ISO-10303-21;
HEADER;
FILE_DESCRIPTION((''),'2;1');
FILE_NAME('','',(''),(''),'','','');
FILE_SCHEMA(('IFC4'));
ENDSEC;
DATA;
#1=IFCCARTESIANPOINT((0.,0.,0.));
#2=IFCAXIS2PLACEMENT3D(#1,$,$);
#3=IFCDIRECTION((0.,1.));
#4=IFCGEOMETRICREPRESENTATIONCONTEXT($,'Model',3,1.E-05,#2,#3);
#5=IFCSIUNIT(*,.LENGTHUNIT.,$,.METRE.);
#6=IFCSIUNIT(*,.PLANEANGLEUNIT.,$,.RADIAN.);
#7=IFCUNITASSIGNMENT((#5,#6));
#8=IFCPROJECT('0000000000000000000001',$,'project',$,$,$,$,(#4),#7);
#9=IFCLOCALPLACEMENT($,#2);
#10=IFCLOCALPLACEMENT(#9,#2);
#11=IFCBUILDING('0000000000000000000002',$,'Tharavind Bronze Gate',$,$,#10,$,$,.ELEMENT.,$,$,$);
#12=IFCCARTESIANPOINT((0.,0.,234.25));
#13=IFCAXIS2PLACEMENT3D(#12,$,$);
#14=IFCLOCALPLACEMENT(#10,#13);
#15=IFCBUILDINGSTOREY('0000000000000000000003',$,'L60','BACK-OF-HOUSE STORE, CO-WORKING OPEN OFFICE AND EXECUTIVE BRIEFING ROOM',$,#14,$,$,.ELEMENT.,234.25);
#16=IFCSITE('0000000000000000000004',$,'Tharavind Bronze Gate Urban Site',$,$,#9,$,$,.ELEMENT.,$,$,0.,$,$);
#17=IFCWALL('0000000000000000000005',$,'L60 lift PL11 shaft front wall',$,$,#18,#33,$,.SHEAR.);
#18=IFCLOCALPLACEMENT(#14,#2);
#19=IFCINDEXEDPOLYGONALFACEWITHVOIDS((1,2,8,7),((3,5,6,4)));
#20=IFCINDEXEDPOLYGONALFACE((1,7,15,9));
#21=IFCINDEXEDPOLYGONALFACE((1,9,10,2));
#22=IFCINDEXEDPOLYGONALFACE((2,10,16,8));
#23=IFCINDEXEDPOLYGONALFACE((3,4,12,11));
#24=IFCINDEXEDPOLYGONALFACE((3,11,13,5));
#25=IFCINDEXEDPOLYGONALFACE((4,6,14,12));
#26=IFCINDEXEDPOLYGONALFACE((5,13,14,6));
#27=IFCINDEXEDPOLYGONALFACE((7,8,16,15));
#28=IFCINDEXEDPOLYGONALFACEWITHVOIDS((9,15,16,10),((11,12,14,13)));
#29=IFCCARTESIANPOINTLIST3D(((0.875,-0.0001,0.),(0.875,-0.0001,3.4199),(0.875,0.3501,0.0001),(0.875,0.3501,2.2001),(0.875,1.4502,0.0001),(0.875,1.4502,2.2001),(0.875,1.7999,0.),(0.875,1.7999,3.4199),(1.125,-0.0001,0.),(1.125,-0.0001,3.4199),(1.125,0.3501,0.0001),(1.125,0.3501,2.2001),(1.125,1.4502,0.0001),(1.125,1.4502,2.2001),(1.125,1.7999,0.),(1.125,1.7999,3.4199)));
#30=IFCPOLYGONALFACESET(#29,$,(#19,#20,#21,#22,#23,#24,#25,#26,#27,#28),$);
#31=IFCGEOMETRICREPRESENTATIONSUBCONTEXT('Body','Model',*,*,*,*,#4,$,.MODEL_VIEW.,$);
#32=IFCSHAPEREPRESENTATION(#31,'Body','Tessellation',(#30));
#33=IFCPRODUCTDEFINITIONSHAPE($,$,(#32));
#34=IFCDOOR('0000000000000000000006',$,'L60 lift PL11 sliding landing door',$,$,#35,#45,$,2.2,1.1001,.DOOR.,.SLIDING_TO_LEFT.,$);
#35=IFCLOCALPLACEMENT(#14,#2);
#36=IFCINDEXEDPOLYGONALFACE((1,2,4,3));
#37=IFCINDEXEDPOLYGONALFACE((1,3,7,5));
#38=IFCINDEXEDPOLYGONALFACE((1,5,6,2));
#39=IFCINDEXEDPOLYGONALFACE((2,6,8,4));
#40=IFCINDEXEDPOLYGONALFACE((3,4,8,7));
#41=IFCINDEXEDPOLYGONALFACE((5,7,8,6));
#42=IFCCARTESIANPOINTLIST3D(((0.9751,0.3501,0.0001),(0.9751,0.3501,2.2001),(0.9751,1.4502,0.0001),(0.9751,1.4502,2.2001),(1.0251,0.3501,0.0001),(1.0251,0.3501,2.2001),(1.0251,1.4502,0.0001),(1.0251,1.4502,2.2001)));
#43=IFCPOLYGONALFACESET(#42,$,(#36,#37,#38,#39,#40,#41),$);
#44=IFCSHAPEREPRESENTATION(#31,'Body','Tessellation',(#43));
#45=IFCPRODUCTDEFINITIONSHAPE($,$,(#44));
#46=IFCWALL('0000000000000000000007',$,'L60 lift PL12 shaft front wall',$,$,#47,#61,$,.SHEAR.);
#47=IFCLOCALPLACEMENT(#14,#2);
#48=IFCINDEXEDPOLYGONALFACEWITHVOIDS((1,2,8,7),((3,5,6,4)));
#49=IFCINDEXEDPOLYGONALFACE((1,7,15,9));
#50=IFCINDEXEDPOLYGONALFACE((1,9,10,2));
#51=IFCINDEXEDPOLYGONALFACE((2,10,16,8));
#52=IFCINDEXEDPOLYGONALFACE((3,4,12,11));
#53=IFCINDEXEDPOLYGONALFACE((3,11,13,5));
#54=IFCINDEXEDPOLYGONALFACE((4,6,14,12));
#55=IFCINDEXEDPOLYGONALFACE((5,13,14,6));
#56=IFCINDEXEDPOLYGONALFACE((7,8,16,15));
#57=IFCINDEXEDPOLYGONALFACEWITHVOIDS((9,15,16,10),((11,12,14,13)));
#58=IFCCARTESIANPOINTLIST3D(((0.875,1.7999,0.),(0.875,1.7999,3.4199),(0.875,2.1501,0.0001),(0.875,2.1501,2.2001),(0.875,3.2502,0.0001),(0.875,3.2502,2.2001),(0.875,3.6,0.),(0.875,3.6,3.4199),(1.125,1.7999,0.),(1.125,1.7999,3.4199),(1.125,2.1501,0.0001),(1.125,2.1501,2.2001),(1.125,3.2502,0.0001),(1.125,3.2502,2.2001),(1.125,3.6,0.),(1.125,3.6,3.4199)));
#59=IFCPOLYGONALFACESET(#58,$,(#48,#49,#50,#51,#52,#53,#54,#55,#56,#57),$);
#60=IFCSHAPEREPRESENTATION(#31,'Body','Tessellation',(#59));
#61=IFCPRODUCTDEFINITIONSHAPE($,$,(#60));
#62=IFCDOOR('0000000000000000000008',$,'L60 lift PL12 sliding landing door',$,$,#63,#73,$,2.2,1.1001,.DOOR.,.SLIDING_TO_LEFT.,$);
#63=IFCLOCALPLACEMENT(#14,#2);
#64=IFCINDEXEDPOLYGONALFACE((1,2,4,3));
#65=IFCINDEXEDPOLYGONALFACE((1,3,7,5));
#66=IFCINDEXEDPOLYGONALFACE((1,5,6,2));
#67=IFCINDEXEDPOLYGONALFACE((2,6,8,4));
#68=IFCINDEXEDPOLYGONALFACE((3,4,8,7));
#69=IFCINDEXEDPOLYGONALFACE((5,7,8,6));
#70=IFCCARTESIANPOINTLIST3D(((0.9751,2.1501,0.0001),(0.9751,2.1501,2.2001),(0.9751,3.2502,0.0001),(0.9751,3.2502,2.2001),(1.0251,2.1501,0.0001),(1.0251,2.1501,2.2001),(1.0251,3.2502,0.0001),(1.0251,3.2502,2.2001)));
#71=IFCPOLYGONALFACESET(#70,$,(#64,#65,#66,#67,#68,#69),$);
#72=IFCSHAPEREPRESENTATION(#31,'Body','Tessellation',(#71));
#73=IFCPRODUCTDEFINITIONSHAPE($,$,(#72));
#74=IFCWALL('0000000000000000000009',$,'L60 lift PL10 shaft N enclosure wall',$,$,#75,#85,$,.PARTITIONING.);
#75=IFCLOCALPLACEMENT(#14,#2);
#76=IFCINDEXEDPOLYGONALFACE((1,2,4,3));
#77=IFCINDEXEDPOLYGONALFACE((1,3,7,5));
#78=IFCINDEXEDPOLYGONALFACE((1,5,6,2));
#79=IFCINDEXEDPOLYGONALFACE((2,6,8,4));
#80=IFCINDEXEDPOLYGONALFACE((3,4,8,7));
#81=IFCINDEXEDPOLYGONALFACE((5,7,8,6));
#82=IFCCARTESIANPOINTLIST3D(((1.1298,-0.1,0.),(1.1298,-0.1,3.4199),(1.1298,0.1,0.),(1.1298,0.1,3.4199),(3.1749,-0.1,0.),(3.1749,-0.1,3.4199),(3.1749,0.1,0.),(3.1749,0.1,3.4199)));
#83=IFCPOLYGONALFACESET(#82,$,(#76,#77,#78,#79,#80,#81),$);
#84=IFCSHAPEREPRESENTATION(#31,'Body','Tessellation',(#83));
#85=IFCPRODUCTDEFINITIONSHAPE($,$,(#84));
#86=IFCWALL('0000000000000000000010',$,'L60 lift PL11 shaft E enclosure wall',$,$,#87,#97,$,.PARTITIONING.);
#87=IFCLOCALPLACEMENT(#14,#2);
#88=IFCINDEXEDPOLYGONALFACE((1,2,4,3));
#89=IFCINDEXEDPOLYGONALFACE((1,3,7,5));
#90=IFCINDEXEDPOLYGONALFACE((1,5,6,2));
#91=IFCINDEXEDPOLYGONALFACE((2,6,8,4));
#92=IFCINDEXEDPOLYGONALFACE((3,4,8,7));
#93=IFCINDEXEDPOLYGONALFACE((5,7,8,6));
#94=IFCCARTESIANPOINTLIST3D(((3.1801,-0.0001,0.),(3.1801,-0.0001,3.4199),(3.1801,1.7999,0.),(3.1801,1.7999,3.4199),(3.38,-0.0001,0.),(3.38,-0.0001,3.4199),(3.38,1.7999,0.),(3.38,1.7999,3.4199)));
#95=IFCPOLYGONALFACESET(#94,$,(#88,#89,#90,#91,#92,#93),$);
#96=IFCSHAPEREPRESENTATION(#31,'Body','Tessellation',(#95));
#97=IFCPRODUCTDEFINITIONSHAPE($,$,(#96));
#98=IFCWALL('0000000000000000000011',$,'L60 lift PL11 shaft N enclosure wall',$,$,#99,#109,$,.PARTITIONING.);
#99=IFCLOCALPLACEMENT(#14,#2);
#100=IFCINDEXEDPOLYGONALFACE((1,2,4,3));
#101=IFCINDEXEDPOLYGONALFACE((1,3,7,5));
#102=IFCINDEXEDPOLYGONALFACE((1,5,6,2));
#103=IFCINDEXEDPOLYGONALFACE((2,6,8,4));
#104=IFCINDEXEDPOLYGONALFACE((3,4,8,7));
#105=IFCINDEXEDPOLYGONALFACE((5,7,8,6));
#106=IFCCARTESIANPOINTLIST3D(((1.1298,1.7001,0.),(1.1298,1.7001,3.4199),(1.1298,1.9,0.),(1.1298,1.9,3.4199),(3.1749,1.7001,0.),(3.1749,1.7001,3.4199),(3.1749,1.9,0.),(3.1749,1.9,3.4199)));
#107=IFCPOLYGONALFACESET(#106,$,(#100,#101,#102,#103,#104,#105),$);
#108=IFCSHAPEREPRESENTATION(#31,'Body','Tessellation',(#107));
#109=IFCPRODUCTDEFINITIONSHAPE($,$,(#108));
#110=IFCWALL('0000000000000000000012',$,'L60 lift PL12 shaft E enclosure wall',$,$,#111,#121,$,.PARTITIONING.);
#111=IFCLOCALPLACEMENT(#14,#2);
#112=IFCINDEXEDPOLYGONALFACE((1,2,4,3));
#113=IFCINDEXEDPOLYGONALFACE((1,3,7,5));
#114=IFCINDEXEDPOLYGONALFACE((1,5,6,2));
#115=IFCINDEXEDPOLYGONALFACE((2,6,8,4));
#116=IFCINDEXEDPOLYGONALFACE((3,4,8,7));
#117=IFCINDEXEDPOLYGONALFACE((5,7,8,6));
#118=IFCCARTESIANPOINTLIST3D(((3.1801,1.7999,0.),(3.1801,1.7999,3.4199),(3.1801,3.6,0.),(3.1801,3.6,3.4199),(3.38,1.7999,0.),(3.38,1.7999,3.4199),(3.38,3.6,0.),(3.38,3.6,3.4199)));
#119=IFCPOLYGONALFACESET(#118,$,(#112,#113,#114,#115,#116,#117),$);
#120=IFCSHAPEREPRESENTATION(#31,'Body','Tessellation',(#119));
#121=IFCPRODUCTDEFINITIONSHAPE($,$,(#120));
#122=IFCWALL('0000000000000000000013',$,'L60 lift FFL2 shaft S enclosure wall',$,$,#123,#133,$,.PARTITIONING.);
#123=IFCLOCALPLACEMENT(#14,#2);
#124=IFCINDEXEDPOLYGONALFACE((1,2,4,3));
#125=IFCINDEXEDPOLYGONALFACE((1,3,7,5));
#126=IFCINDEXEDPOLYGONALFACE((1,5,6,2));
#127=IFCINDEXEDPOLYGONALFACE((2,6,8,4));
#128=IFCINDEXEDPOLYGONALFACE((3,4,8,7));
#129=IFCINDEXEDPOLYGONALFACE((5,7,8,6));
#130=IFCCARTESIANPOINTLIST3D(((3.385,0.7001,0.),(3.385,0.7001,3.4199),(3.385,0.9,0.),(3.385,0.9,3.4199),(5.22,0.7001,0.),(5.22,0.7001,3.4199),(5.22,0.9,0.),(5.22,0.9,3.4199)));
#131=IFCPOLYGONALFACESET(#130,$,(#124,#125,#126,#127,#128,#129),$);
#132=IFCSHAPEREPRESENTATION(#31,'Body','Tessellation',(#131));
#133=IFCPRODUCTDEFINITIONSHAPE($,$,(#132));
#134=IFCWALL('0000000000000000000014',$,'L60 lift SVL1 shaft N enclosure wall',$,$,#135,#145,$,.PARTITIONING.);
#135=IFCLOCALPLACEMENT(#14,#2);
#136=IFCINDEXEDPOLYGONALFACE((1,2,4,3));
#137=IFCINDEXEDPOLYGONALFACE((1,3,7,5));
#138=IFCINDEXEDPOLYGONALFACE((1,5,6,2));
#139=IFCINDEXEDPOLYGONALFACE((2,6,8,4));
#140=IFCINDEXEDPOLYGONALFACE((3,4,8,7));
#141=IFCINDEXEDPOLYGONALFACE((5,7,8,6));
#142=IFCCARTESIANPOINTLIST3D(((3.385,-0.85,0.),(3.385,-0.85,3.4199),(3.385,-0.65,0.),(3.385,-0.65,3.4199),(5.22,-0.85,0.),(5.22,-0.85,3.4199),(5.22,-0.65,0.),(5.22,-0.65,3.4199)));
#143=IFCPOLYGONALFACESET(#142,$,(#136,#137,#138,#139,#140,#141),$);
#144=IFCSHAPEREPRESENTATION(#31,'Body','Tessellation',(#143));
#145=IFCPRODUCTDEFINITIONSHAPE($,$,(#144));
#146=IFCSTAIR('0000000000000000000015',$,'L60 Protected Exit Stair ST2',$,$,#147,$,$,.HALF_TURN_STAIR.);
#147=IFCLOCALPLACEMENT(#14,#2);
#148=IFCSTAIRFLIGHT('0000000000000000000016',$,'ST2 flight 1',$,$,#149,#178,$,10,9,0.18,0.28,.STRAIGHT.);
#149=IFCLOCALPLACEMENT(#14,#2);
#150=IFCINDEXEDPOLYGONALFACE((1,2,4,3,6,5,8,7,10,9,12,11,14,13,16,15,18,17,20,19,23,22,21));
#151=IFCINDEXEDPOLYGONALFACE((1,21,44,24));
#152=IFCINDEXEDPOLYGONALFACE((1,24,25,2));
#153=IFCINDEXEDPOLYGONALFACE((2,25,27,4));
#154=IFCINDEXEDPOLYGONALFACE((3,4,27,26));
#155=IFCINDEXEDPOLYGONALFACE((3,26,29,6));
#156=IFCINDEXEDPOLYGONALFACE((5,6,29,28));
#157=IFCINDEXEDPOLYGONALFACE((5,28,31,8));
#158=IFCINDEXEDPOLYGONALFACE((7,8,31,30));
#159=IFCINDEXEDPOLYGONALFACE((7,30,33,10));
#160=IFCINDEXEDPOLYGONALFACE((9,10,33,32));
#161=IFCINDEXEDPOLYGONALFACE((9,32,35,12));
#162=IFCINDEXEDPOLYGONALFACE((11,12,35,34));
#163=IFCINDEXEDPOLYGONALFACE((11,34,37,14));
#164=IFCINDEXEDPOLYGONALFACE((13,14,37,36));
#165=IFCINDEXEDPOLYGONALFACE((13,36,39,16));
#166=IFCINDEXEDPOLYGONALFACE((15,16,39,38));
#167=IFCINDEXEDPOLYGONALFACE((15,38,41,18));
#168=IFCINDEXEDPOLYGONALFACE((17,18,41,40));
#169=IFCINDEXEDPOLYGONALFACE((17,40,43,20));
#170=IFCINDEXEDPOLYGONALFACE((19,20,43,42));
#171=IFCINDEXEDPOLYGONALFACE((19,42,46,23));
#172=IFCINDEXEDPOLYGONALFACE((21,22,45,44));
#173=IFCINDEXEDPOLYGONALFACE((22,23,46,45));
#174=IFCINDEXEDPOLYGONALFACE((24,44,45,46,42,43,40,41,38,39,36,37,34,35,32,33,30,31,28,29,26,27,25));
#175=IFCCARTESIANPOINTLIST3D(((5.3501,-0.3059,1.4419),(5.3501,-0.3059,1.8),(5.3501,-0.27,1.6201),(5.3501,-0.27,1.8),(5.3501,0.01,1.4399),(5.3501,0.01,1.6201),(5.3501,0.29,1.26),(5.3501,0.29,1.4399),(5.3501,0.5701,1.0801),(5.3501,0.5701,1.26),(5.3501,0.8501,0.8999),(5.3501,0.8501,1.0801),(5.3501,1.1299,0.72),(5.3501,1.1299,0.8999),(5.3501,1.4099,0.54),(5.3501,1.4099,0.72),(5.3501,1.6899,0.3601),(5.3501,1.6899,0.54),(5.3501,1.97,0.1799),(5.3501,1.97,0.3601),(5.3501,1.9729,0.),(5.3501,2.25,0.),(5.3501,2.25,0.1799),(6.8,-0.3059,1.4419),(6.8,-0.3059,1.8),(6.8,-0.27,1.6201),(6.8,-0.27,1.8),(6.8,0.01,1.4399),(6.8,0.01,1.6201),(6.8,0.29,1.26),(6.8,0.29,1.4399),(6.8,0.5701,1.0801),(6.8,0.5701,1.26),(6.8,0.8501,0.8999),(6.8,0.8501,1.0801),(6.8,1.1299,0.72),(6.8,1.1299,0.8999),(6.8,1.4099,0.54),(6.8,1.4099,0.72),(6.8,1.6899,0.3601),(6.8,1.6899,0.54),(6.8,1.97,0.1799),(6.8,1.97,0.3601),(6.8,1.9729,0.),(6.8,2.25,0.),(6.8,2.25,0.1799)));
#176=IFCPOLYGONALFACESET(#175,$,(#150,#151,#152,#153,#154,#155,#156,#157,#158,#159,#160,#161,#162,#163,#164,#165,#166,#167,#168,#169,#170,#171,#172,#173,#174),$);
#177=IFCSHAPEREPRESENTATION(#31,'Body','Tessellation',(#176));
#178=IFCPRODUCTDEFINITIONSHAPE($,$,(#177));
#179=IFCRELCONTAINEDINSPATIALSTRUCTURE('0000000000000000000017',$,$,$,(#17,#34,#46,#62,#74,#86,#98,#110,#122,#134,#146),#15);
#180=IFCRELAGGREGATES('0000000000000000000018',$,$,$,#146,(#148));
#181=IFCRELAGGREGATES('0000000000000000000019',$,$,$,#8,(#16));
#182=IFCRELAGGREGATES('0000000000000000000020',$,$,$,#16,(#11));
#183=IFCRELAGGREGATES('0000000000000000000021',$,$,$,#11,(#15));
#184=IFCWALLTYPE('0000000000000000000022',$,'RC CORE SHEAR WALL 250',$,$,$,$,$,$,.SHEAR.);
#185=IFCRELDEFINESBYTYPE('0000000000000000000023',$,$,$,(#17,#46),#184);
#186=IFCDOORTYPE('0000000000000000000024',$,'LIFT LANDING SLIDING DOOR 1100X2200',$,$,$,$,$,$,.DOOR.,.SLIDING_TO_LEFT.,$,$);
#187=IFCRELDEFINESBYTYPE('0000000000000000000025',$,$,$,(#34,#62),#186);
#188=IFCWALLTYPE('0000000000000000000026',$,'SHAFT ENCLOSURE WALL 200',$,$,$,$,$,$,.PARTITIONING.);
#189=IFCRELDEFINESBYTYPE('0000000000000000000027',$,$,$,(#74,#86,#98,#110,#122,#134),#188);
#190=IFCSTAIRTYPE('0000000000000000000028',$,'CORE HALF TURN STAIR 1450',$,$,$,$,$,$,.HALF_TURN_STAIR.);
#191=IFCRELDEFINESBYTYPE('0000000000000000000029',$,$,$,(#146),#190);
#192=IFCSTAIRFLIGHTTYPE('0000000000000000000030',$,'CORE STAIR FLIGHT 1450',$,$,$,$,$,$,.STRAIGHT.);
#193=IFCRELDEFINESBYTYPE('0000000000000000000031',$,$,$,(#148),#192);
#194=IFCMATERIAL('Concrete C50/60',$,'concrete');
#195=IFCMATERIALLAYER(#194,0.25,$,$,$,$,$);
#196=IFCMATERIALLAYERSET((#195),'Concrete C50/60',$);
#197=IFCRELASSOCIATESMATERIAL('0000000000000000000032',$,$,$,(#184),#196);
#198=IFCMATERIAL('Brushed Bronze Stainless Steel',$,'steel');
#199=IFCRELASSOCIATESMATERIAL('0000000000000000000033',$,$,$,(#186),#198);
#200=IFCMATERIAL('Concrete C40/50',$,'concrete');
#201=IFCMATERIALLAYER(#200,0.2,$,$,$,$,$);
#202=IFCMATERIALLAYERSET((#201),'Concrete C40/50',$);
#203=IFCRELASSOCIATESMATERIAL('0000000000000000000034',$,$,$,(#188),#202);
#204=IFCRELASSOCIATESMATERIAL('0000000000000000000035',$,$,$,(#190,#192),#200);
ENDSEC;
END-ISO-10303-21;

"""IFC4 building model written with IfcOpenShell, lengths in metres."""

from ifc_helpers import new_model, si_unit, direction, frame, frame_2d, origin, place, context, subcontext, project, spatial, polyline, rectangle, outline, extrude, material, layer, layer_set, type_object, element, fill, aggregate, save


model = new_model("IFC4")

# Units and contexts
model_context = context("Model", 3, precision=1e-05, world=origin(), true_north=direction((0.0, 1.0)))
body_context = subcontext(model_context, "Body", "Model", "MODEL_VIEW")
ifc_project = project(units=[si_unit("LENGTHUNIT", "METRE"), si_unit("PLANEANGLEUNIT", "RADIAN")], contexts=[model_context])

# Site, building, storey
site_placement = place(None, origin())
site = spatial("IfcSite", under=ifc_project, at=site_placement, Name="Tharavind Bronze Gate Urban Site", CompositionType="ELEMENT", RefElevation=0.0)
building_placement = place(site_placement, origin())
building = spatial("IfcBuilding", under=site, at=building_placement, Name="Tharavind Bronze Gate", CompositionType="ELEMENT")
storey_placement = place(building_placement, frame((0.0, 0.0, 234.25)))
storey = spatial("IfcBuildingStorey", under=building, at=storey_placement, Name="L60", Description="BACK-OF-HOUSE STORE, CO-WORKING OPEN OFFICE AND EXECUTIVE BRIEFING ROOM", CompositionType="ELEMENT", Elevation=234.25)

# Walls, openings, doors
ifc_material_1 = material(Name="Concrete C50/60", Category="concrete")
ifc_layer_1 = layer(ifc_material_1, 0.25)
ifc_layer_set_1 = layer_set([ifc_layer_1], Name="Concrete C50/60")
wall_type_1 = type_object("IfcWallType", Name="RC CORE SHEAR WALL 250", PredefinedType="SHEAR", material=ifc_layer_set_1)
wall_1_placement = place(storey_placement, frame((1.0, 0.0, 0.0), z_axis=(0.0, 0.0, 1.0), x_axis=(0.0, 1.0, 0.0)))
wall_1 = element("IfcWall", 1, at=wall_1_placement, inside=storey, type_object=wall_type_1, Name="L60 lift PL11 shaft front wall", PredefinedType="SHEAR", context=body_context, shape_type="SweptSolid", body=[
    extrude(rectangle(XDim=1.8, YDim=0.25, at=frame_2d((0.8999, 0.0))), origin(), (0.0, 0.0, 1.0), 3.4199),
])
opening_1_placement = place(wall_1_placement, frame((0.3501, 0.0, 0.0)))
opening_1 = element("IfcOpeningElement", 2, at=opening_1_placement, cuts=wall_1, PredefinedType="OPENING", context=body_context, shape_type="SweptSolid", body=[
    extrude(rectangle(XDim=1.1001, YDim=2.2, at=frame_2d((0.55, 1.1001))), frame((0.0, 0.135, 0.0), z_axis=(0.0, -1.0, 0.0), x_axis=(1.0, 0.0, 0.0)), (0.0, 0.0, 1.0), 0.27),
])
ifc_material_2 = material(Name="Brushed Bronze Stainless Steel", Category="steel")
door_type = type_object("IfcDoorType", Name="LIFT LANDING SLIDING DOOR 1100X2200", OperationType="SLIDING_TO_LEFT", PredefinedType="DOOR", material=ifc_material_2)
door_1_placement = place(opening_1_placement, origin())
door_1 = element("IfcDoor", 3, at=door_1_placement, inside=storey, type_object=door_type, Name="L60 lift PL11 sliding landing door", OperationType="SLIDING_TO_LEFT", OverallHeight=2.2, OverallWidth=1.1001, PredefinedType="DOOR", context=body_context, shape_type="SweptSolid", body=[
    extrude(rectangle(XDim=1.1001, YDim=2.2, at=frame_2d((0.55, 1.1001))), frame((0.0, 0.0249, 0.0), z_axis=(0.0, -1.0, 0.0), x_axis=(1.0, 0.0, 0.0)), (0.0, 0.0, 1.0), 0.05),
])
fill(opening_1, door_1)
wall_2_placement = place(storey_placement, frame((1.0, 1.8, 0.0), z_axis=(0.0, 0.0, 1.0), x_axis=(0.0, 1.0, 0.0)))
wall_2 = element("IfcWall", 4, at=wall_2_placement, inside=storey, type_object=wall_type_1, Name="L60 lift PL12 shaft front wall", PredefinedType="SHEAR", context=body_context, shape_type="SweptSolid", body=[
    extrude(rectangle(XDim=1.8, YDim=0.25, at=frame_2d((0.8999, 0.0))), origin(), (0.0, 0.0, 1.0), 3.4199),
])
opening_2_placement = place(wall_2_placement, frame((0.3501, 0.0, 0.0)))
opening_2 = element("IfcOpeningElement", 5, at=opening_2_placement, cuts=wall_2, PredefinedType="OPENING", context=body_context, shape_type="SweptSolid", body=[
    extrude(rectangle(XDim=1.1001, YDim=2.2, at=frame_2d((0.55, 1.1001))), frame((0.0, 0.135, 0.0), z_axis=(0.0, -1.0, 0.0), x_axis=(1.0, 0.0, 0.0)), (0.0, 0.0, 1.0), 0.27),
])
door_2_placement = place(opening_2_placement, origin())
door_2 = element("IfcDoor", 6, at=door_2_placement, inside=storey, type_object=door_type, Name="L60 lift PL12 sliding landing door", OperationType="SLIDING_TO_LEFT", OverallHeight=2.2, OverallWidth=1.1001, PredefinedType="DOOR", context=body_context, shape_type="SweptSolid", body=[
    extrude(rectangle(XDim=1.1001, YDim=2.2, at=frame_2d((0.55, 1.1001))), frame((0.0, 0.0249, 0.0), z_axis=(0.0, -1.0, 0.0), x_axis=(1.0, 0.0, 0.0)), (0.0, 0.0, 1.0), 0.05),
])
fill(opening_2, door_2)

# Walls
ifc_material_3 = material(Name="Concrete C40/50", Category="concrete")
ifc_layer_2 = layer(ifc_material_3, 0.2)
ifc_layer_set_2 = layer_set([ifc_layer_2], Name="Concrete C40/50")
wall_type_2 = type_object("IfcWallType", Name="SHAFT ENCLOSURE WALL 200", PredefinedType="PARTITIONING", material=ifc_layer_set_2)
wall_3_placement = place(storey_placement, frame((1.1299, 0.0, 0.0), z_axis=(0.0, 0.0, 1.0), x_axis=(1.0, 0.0, 0.0)))
element("IfcWall", 7, at=wall_3_placement, inside=storey, type_object=wall_type_2, Name="L60 lift PL10 shaft N enclosure wall", PredefinedType="PARTITIONING", context=body_context, shape_type="SweptSolid", body=[
    extrude(rectangle(XDim=2.0452, YDim=0.2, at=frame_2d((1.0225, 0.0))), origin(), (0.0, 0.0, 1.0), 3.4199),
])
wall_4_placement = place(storey_placement, frame((3.28, 0.0, 0.0), z_axis=(0.0, 0.0, 1.0), x_axis=(0.0, 1.0, 0.0)))
element("IfcWall", 8, at=wall_4_placement, inside=storey, type_object=wall_type_2, Name="L60 lift PL11 shaft E enclosure wall", PredefinedType="PARTITIONING", context=body_context, shape_type="SweptSolid", body=[
    extrude(rectangle(XDim=1.8, YDim=0.2, at=frame_2d((0.8999, 0.0))), origin(), (0.0, 0.0, 1.0), 3.4199),
])
wall_5_placement = place(storey_placement, frame((1.1299, 1.8, 0.0), z_axis=(0.0, 0.0, 1.0), x_axis=(1.0, 0.0, 0.0)))
element("IfcWall", 9, at=wall_5_placement, inside=storey, type_object=wall_type_2, Name="L60 lift PL11 shaft N enclosure wall", PredefinedType="PARTITIONING", context=body_context, shape_type="SweptSolid", body=[
    extrude(rectangle(XDim=2.0452, YDim=0.2, at=frame_2d((1.0225, 0.0))), origin(), (0.0, 0.0, 1.0), 3.4199),
])
wall_6_placement = place(storey_placement, frame((3.28, 1.8, 0.0), z_axis=(0.0, 0.0, 1.0), x_axis=(0.0, 1.0, 0.0)))
element("IfcWall", 10, at=wall_6_placement, inside=storey, type_object=wall_type_2, Name="L60 lift PL12 shaft E enclosure wall", PredefinedType="PARTITIONING", context=body_context, shape_type="SweptSolid", body=[
    extrude(rectangle(XDim=1.8, YDim=0.2, at=frame_2d((0.8999, 0.0))), origin(), (0.0, 0.0, 1.0), 3.4199),
])
for number, where, z_axis, x_axis, name in (
    (11, (3.385, 0.8, 0.0), (0.0, 0.0, 1.0), (1.0, 0.0, 0.0), "L60 lift FFL2 shaft S enclosure wall"),
    (12, (3.385, -0.75, 0.0), (0.0, 0.0, 1.0), (1.0, 0.0, 0.0), "L60 lift SVL1 shaft N enclosure wall"),
):
    element("IfcWall", number, at=place(storey_placement, frame(where, z_axis=z_axis, x_axis=x_axis)), inside=storey, type_object=wall_type_2, Name=name, PredefinedType="PARTITIONING", context=body_context, shape_type="SweptSolid", body=[
        extrude(rectangle(XDim=1.835, YDim=0.2, at=frame_2d((0.9175, 0.0))), origin(), (0.0, 0.0, 1.0), 3.4199),
    ])

# Stair, stair flight
stair_type = type_object("IfcStairType", Name="CORE HALF TURN STAIR 1450", PredefinedType="HALF_TURN_STAIR", material=ifc_material_3)
stair_placement = place(storey_placement, origin())
stair = element("IfcStair", 13, at=stair_placement, inside=storey, type_object=stair_type, Name="L60 Protected Exit Stair ST2", PredefinedType="HALF_TURN_STAIR")
stair_flight_type = type_object("IfcStairFlightType", Name="CORE STAIR FLIGHT 1450", PredefinedType="STRAIGHT", material=ifc_material_3)
stair_flight_1_placement = place(storey_placement, frame((6.075, 2.25, 0.0), z_axis=(0.0, 0.0, 1.0), x_axis=(0.0, -1.0, 0.0)))
stair_flight_1 = element("IfcStairFlight", 14, at=stair_flight_1_placement, type_object=stair_flight_type, Name="ST2 flight 1", NumberOfRisers=10, NumberOfTreads=9, PredefinedType="STRAIGHT", RiserHeight=0.18, TreadLength=0.28, context=body_context, shape_type="SweptSolid", body=[
    extrude(outline(polyline([(0.0, 0.0), (0.0, 0.1799), (0.28, 0.1799), (0.28, 0.3601), (0.5601, 0.3601), (0.5601, 0.54), (0.8401, 0.54), (0.8401, 0.72), (1.1201, 0.72), (1.1201, 0.8999), (1.3999, 0.8999), (1.3999, 1.0801), (1.6799, 1.0801), (1.6799, 1.26), (1.96, 1.26), (1.96, 1.4399), (2.24, 1.4399), (2.24, 1.6201), (2.52, 1.6201), (2.52, 1.8), (2.5559, 1.8), (2.5559, 1.4419), (0.2771, 0.0), (0.0, 0.0)])), frame((0.0, 0.7251, 0.0), z_axis=(0.0, -1.0, 0.0), x_axis=(1.0, 0.0, 0.0)), (0.0, 0.0, 1.0), 1.45),
])
aggregate(stair, [stair_flight_1])

save(model, "model.ifc")
